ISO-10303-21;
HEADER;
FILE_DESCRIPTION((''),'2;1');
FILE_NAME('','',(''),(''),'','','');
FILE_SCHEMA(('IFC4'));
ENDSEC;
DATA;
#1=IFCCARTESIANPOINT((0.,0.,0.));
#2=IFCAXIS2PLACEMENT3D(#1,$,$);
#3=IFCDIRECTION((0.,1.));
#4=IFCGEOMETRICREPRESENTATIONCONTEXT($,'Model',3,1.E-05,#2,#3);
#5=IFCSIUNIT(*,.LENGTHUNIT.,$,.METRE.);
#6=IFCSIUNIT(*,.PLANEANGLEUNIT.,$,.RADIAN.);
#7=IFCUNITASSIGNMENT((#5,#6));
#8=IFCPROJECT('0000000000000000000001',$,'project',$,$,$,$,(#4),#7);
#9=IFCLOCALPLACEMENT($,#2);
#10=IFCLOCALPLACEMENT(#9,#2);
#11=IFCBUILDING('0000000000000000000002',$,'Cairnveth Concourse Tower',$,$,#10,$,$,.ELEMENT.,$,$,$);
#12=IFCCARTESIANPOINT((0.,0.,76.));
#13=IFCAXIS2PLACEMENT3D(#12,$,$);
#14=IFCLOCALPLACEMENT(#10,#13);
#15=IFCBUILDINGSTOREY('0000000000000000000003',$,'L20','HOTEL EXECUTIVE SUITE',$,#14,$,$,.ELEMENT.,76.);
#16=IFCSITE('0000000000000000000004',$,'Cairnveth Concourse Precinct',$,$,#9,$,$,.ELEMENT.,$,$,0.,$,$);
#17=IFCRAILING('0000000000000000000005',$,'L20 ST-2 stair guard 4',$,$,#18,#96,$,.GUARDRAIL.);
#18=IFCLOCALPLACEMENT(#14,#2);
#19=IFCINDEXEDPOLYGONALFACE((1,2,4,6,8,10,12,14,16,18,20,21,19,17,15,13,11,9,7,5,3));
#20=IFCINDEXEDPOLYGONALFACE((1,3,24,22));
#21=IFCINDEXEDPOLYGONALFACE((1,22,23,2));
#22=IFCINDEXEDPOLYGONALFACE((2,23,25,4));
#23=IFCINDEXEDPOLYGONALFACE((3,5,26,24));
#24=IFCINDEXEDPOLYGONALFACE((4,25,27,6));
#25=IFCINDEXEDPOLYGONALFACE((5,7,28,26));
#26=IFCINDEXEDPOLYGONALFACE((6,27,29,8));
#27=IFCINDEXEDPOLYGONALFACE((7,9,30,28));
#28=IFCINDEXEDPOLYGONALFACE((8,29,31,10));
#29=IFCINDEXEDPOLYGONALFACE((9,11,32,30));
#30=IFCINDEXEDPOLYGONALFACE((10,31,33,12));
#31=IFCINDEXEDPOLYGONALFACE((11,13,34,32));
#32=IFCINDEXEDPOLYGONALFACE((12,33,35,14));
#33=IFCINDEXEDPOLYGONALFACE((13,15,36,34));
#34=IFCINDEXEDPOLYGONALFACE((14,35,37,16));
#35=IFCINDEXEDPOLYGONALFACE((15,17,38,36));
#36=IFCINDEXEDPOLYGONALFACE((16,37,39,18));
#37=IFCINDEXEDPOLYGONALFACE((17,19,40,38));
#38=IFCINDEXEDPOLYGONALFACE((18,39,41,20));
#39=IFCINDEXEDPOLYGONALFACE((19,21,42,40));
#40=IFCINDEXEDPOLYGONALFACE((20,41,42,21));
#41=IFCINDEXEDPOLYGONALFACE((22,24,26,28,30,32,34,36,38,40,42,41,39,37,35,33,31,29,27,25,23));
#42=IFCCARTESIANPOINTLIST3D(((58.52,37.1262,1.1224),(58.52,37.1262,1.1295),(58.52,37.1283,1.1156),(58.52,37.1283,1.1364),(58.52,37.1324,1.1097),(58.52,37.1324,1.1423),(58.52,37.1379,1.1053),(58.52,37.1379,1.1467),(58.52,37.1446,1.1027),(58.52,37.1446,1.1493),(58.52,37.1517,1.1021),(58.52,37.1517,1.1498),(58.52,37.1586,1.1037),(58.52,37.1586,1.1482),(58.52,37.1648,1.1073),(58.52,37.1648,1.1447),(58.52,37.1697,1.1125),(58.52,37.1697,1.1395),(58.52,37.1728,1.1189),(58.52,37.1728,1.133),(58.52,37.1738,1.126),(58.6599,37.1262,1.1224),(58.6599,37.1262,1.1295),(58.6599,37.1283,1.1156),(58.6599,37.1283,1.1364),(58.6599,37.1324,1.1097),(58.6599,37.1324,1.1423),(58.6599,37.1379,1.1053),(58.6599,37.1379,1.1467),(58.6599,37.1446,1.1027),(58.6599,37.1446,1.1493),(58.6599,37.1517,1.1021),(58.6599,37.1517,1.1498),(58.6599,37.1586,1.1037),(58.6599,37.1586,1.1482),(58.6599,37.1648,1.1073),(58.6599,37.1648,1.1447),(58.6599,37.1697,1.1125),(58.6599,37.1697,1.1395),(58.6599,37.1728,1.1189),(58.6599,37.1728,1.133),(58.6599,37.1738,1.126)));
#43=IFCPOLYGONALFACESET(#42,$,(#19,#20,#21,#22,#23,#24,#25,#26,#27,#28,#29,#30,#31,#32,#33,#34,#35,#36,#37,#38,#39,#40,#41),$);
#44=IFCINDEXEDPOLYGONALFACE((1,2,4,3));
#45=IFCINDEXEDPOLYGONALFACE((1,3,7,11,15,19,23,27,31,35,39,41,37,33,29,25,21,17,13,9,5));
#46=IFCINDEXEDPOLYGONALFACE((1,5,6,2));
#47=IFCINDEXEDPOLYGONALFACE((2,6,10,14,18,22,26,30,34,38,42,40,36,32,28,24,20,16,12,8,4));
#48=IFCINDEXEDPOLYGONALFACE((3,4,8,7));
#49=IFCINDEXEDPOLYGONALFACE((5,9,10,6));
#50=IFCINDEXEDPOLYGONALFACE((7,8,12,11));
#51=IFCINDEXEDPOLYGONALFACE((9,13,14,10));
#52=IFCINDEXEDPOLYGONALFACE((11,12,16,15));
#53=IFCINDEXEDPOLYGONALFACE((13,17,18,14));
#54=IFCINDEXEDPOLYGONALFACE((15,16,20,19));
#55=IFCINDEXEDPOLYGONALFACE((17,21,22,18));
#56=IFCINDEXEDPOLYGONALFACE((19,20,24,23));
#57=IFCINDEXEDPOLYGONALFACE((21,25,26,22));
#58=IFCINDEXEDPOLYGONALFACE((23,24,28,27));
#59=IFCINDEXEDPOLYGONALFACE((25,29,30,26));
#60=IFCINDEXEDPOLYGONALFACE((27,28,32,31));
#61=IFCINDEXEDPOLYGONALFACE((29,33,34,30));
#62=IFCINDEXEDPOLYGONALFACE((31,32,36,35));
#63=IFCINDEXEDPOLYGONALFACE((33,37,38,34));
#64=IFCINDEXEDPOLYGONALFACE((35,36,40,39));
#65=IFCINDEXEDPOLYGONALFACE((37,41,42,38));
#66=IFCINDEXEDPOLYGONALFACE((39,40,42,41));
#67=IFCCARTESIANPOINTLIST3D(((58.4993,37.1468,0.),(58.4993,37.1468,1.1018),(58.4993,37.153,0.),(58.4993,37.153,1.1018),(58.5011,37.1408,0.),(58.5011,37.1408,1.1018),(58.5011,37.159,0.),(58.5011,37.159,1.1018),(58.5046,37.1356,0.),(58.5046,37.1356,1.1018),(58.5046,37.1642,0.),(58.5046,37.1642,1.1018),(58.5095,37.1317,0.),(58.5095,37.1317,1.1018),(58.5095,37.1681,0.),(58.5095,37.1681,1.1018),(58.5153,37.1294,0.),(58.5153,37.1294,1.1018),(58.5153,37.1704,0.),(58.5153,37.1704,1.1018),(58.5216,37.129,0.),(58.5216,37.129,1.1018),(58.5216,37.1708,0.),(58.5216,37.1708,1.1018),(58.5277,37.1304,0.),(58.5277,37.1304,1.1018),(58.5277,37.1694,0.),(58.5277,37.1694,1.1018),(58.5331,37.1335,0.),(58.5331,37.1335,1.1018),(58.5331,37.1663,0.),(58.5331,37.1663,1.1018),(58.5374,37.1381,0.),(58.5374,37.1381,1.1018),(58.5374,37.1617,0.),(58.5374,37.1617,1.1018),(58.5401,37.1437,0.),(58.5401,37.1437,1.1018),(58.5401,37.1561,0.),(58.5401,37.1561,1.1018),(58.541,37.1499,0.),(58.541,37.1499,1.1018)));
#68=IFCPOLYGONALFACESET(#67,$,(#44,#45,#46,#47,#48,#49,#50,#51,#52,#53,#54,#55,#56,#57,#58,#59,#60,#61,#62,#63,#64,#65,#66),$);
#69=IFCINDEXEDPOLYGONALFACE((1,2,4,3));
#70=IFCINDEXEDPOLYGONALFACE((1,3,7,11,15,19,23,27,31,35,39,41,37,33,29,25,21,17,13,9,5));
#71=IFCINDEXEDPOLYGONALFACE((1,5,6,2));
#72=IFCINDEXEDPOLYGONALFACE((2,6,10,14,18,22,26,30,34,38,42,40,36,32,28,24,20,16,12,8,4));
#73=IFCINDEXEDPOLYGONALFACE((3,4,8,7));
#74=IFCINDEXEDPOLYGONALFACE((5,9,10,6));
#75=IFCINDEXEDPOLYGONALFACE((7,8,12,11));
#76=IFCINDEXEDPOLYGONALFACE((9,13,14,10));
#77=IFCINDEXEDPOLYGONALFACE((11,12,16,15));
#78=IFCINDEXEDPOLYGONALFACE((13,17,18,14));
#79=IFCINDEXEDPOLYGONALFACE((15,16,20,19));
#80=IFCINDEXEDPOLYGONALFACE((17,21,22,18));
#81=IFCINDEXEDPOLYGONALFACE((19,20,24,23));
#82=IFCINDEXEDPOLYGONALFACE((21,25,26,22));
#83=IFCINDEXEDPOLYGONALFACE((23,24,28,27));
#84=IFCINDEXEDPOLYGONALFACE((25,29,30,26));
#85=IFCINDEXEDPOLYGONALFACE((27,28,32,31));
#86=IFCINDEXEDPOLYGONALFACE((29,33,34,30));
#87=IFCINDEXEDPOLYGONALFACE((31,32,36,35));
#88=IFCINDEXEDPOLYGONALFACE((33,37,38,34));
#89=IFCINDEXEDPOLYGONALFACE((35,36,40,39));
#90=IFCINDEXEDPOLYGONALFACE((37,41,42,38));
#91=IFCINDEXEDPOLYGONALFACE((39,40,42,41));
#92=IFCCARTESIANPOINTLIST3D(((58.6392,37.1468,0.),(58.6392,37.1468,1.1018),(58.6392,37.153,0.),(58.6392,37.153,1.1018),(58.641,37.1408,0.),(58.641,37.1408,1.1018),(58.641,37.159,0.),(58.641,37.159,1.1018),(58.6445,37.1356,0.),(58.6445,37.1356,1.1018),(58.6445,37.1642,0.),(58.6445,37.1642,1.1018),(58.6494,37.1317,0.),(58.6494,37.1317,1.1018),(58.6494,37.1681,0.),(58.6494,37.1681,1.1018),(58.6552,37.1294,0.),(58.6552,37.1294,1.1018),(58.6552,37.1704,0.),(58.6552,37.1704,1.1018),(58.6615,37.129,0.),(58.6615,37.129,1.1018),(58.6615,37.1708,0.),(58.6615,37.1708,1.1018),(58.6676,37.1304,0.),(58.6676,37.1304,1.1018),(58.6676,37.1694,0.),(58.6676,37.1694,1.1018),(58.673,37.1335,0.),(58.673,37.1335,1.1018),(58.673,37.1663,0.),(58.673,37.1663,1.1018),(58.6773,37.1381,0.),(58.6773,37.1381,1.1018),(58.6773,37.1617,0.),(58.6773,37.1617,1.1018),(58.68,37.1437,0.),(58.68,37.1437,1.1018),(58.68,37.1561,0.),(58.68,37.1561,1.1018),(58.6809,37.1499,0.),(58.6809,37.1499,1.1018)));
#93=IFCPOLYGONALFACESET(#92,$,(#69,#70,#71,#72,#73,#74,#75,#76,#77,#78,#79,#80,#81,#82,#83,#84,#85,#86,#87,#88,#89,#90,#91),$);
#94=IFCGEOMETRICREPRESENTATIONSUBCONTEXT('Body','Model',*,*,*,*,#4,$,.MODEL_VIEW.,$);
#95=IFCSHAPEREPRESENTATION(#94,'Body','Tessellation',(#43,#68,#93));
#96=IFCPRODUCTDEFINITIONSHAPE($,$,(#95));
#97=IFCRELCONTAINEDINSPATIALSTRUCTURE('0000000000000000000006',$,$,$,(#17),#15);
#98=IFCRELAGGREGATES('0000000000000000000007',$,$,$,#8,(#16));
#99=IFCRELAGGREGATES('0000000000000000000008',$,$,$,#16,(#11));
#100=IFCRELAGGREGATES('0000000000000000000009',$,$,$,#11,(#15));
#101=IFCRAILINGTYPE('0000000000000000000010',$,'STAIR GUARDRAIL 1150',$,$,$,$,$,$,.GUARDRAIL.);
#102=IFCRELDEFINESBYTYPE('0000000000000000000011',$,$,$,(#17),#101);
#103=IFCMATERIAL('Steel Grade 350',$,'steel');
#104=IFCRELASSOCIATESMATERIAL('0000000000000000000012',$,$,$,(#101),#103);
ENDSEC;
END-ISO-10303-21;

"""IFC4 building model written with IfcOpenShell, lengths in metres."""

from ifc_helpers import new_model, si_unit, direction, frame, origin, origin_2d, place, context, subcontext, project, spatial, circle, extrude, material, type_object, element, save


model = new_model("IFC4")

# Units and contexts
model_context = context("Model", 3, precision=1e-05, world=origin(), true_north=direction((0.0, 1.0)))
body_context = subcontext(model_context, "Body", "Model", "MODEL_VIEW")
ifc_project = project(units=[si_unit("LENGTHUNIT", "METRE"), si_unit("PLANEANGLEUNIT", "RADIAN")], contexts=[model_context])

# Site, building, storey
site_placement = place(None, origin())
site = spatial("IfcSite", under=ifc_project, at=site_placement, Name="Cairnveth Concourse Precinct", CompositionType="ELEMENT", RefElevation=0.0)
building_placement = place(site_placement, origin())
building = spatial("IfcBuilding", under=site, at=building_placement, Name="Cairnveth Concourse Tower", CompositionType="ELEMENT")
storey_placement = place(building_placement, frame((0.0, 0.0, 76.0)))
storey = spatial("IfcBuildingStorey", under=building, at=storey_placement, Name="L20", Description="HOTEL EXECUTIVE SUITE", CompositionType="ELEMENT", Elevation=76.0)

# Shared definitions
ifc_material_1 = material(Name="Steel Grade 350", Category="steel")

# Railing
railing_type_1 = type_object("IfcRailingType", Name="STAIR GUARDRAIL 1150", PredefinedType="GUARDRAIL", material=ifc_material_1)
railing_1_placement = place(storey_placement, frame((58.52, 37.1499, 0.0)))
element("IfcRailing", 1, at=railing_1_placement, inside=storey, type_object=railing_type_1, Name="L20 ST-2 stair guard 4", PredefinedType="GUARDRAIL", context=body_context, shape_type="SweptSolid", body=[
    extrude(circle(Radius=0.0239, at=origin_2d()), frame((0.0, 0.0, 1.126), z_axis=(1.0, 0.0, 0.0), x_axis=(0.0, 1.0, 0.0)), (0.0, 0.0, 1.0), 0.1399),
    extrude(circle(Radius=0.021, at=origin_2d()), origin(), (0.0, 0.0, 1.0), 1.1018),
    extrude(circle(Radius=0.021, at=origin_2d()), frame((0.1399, 0.0, 0.0)), (0.0, 0.0, 1.0), 1.1018),
])

save(model, "model.ifc")
